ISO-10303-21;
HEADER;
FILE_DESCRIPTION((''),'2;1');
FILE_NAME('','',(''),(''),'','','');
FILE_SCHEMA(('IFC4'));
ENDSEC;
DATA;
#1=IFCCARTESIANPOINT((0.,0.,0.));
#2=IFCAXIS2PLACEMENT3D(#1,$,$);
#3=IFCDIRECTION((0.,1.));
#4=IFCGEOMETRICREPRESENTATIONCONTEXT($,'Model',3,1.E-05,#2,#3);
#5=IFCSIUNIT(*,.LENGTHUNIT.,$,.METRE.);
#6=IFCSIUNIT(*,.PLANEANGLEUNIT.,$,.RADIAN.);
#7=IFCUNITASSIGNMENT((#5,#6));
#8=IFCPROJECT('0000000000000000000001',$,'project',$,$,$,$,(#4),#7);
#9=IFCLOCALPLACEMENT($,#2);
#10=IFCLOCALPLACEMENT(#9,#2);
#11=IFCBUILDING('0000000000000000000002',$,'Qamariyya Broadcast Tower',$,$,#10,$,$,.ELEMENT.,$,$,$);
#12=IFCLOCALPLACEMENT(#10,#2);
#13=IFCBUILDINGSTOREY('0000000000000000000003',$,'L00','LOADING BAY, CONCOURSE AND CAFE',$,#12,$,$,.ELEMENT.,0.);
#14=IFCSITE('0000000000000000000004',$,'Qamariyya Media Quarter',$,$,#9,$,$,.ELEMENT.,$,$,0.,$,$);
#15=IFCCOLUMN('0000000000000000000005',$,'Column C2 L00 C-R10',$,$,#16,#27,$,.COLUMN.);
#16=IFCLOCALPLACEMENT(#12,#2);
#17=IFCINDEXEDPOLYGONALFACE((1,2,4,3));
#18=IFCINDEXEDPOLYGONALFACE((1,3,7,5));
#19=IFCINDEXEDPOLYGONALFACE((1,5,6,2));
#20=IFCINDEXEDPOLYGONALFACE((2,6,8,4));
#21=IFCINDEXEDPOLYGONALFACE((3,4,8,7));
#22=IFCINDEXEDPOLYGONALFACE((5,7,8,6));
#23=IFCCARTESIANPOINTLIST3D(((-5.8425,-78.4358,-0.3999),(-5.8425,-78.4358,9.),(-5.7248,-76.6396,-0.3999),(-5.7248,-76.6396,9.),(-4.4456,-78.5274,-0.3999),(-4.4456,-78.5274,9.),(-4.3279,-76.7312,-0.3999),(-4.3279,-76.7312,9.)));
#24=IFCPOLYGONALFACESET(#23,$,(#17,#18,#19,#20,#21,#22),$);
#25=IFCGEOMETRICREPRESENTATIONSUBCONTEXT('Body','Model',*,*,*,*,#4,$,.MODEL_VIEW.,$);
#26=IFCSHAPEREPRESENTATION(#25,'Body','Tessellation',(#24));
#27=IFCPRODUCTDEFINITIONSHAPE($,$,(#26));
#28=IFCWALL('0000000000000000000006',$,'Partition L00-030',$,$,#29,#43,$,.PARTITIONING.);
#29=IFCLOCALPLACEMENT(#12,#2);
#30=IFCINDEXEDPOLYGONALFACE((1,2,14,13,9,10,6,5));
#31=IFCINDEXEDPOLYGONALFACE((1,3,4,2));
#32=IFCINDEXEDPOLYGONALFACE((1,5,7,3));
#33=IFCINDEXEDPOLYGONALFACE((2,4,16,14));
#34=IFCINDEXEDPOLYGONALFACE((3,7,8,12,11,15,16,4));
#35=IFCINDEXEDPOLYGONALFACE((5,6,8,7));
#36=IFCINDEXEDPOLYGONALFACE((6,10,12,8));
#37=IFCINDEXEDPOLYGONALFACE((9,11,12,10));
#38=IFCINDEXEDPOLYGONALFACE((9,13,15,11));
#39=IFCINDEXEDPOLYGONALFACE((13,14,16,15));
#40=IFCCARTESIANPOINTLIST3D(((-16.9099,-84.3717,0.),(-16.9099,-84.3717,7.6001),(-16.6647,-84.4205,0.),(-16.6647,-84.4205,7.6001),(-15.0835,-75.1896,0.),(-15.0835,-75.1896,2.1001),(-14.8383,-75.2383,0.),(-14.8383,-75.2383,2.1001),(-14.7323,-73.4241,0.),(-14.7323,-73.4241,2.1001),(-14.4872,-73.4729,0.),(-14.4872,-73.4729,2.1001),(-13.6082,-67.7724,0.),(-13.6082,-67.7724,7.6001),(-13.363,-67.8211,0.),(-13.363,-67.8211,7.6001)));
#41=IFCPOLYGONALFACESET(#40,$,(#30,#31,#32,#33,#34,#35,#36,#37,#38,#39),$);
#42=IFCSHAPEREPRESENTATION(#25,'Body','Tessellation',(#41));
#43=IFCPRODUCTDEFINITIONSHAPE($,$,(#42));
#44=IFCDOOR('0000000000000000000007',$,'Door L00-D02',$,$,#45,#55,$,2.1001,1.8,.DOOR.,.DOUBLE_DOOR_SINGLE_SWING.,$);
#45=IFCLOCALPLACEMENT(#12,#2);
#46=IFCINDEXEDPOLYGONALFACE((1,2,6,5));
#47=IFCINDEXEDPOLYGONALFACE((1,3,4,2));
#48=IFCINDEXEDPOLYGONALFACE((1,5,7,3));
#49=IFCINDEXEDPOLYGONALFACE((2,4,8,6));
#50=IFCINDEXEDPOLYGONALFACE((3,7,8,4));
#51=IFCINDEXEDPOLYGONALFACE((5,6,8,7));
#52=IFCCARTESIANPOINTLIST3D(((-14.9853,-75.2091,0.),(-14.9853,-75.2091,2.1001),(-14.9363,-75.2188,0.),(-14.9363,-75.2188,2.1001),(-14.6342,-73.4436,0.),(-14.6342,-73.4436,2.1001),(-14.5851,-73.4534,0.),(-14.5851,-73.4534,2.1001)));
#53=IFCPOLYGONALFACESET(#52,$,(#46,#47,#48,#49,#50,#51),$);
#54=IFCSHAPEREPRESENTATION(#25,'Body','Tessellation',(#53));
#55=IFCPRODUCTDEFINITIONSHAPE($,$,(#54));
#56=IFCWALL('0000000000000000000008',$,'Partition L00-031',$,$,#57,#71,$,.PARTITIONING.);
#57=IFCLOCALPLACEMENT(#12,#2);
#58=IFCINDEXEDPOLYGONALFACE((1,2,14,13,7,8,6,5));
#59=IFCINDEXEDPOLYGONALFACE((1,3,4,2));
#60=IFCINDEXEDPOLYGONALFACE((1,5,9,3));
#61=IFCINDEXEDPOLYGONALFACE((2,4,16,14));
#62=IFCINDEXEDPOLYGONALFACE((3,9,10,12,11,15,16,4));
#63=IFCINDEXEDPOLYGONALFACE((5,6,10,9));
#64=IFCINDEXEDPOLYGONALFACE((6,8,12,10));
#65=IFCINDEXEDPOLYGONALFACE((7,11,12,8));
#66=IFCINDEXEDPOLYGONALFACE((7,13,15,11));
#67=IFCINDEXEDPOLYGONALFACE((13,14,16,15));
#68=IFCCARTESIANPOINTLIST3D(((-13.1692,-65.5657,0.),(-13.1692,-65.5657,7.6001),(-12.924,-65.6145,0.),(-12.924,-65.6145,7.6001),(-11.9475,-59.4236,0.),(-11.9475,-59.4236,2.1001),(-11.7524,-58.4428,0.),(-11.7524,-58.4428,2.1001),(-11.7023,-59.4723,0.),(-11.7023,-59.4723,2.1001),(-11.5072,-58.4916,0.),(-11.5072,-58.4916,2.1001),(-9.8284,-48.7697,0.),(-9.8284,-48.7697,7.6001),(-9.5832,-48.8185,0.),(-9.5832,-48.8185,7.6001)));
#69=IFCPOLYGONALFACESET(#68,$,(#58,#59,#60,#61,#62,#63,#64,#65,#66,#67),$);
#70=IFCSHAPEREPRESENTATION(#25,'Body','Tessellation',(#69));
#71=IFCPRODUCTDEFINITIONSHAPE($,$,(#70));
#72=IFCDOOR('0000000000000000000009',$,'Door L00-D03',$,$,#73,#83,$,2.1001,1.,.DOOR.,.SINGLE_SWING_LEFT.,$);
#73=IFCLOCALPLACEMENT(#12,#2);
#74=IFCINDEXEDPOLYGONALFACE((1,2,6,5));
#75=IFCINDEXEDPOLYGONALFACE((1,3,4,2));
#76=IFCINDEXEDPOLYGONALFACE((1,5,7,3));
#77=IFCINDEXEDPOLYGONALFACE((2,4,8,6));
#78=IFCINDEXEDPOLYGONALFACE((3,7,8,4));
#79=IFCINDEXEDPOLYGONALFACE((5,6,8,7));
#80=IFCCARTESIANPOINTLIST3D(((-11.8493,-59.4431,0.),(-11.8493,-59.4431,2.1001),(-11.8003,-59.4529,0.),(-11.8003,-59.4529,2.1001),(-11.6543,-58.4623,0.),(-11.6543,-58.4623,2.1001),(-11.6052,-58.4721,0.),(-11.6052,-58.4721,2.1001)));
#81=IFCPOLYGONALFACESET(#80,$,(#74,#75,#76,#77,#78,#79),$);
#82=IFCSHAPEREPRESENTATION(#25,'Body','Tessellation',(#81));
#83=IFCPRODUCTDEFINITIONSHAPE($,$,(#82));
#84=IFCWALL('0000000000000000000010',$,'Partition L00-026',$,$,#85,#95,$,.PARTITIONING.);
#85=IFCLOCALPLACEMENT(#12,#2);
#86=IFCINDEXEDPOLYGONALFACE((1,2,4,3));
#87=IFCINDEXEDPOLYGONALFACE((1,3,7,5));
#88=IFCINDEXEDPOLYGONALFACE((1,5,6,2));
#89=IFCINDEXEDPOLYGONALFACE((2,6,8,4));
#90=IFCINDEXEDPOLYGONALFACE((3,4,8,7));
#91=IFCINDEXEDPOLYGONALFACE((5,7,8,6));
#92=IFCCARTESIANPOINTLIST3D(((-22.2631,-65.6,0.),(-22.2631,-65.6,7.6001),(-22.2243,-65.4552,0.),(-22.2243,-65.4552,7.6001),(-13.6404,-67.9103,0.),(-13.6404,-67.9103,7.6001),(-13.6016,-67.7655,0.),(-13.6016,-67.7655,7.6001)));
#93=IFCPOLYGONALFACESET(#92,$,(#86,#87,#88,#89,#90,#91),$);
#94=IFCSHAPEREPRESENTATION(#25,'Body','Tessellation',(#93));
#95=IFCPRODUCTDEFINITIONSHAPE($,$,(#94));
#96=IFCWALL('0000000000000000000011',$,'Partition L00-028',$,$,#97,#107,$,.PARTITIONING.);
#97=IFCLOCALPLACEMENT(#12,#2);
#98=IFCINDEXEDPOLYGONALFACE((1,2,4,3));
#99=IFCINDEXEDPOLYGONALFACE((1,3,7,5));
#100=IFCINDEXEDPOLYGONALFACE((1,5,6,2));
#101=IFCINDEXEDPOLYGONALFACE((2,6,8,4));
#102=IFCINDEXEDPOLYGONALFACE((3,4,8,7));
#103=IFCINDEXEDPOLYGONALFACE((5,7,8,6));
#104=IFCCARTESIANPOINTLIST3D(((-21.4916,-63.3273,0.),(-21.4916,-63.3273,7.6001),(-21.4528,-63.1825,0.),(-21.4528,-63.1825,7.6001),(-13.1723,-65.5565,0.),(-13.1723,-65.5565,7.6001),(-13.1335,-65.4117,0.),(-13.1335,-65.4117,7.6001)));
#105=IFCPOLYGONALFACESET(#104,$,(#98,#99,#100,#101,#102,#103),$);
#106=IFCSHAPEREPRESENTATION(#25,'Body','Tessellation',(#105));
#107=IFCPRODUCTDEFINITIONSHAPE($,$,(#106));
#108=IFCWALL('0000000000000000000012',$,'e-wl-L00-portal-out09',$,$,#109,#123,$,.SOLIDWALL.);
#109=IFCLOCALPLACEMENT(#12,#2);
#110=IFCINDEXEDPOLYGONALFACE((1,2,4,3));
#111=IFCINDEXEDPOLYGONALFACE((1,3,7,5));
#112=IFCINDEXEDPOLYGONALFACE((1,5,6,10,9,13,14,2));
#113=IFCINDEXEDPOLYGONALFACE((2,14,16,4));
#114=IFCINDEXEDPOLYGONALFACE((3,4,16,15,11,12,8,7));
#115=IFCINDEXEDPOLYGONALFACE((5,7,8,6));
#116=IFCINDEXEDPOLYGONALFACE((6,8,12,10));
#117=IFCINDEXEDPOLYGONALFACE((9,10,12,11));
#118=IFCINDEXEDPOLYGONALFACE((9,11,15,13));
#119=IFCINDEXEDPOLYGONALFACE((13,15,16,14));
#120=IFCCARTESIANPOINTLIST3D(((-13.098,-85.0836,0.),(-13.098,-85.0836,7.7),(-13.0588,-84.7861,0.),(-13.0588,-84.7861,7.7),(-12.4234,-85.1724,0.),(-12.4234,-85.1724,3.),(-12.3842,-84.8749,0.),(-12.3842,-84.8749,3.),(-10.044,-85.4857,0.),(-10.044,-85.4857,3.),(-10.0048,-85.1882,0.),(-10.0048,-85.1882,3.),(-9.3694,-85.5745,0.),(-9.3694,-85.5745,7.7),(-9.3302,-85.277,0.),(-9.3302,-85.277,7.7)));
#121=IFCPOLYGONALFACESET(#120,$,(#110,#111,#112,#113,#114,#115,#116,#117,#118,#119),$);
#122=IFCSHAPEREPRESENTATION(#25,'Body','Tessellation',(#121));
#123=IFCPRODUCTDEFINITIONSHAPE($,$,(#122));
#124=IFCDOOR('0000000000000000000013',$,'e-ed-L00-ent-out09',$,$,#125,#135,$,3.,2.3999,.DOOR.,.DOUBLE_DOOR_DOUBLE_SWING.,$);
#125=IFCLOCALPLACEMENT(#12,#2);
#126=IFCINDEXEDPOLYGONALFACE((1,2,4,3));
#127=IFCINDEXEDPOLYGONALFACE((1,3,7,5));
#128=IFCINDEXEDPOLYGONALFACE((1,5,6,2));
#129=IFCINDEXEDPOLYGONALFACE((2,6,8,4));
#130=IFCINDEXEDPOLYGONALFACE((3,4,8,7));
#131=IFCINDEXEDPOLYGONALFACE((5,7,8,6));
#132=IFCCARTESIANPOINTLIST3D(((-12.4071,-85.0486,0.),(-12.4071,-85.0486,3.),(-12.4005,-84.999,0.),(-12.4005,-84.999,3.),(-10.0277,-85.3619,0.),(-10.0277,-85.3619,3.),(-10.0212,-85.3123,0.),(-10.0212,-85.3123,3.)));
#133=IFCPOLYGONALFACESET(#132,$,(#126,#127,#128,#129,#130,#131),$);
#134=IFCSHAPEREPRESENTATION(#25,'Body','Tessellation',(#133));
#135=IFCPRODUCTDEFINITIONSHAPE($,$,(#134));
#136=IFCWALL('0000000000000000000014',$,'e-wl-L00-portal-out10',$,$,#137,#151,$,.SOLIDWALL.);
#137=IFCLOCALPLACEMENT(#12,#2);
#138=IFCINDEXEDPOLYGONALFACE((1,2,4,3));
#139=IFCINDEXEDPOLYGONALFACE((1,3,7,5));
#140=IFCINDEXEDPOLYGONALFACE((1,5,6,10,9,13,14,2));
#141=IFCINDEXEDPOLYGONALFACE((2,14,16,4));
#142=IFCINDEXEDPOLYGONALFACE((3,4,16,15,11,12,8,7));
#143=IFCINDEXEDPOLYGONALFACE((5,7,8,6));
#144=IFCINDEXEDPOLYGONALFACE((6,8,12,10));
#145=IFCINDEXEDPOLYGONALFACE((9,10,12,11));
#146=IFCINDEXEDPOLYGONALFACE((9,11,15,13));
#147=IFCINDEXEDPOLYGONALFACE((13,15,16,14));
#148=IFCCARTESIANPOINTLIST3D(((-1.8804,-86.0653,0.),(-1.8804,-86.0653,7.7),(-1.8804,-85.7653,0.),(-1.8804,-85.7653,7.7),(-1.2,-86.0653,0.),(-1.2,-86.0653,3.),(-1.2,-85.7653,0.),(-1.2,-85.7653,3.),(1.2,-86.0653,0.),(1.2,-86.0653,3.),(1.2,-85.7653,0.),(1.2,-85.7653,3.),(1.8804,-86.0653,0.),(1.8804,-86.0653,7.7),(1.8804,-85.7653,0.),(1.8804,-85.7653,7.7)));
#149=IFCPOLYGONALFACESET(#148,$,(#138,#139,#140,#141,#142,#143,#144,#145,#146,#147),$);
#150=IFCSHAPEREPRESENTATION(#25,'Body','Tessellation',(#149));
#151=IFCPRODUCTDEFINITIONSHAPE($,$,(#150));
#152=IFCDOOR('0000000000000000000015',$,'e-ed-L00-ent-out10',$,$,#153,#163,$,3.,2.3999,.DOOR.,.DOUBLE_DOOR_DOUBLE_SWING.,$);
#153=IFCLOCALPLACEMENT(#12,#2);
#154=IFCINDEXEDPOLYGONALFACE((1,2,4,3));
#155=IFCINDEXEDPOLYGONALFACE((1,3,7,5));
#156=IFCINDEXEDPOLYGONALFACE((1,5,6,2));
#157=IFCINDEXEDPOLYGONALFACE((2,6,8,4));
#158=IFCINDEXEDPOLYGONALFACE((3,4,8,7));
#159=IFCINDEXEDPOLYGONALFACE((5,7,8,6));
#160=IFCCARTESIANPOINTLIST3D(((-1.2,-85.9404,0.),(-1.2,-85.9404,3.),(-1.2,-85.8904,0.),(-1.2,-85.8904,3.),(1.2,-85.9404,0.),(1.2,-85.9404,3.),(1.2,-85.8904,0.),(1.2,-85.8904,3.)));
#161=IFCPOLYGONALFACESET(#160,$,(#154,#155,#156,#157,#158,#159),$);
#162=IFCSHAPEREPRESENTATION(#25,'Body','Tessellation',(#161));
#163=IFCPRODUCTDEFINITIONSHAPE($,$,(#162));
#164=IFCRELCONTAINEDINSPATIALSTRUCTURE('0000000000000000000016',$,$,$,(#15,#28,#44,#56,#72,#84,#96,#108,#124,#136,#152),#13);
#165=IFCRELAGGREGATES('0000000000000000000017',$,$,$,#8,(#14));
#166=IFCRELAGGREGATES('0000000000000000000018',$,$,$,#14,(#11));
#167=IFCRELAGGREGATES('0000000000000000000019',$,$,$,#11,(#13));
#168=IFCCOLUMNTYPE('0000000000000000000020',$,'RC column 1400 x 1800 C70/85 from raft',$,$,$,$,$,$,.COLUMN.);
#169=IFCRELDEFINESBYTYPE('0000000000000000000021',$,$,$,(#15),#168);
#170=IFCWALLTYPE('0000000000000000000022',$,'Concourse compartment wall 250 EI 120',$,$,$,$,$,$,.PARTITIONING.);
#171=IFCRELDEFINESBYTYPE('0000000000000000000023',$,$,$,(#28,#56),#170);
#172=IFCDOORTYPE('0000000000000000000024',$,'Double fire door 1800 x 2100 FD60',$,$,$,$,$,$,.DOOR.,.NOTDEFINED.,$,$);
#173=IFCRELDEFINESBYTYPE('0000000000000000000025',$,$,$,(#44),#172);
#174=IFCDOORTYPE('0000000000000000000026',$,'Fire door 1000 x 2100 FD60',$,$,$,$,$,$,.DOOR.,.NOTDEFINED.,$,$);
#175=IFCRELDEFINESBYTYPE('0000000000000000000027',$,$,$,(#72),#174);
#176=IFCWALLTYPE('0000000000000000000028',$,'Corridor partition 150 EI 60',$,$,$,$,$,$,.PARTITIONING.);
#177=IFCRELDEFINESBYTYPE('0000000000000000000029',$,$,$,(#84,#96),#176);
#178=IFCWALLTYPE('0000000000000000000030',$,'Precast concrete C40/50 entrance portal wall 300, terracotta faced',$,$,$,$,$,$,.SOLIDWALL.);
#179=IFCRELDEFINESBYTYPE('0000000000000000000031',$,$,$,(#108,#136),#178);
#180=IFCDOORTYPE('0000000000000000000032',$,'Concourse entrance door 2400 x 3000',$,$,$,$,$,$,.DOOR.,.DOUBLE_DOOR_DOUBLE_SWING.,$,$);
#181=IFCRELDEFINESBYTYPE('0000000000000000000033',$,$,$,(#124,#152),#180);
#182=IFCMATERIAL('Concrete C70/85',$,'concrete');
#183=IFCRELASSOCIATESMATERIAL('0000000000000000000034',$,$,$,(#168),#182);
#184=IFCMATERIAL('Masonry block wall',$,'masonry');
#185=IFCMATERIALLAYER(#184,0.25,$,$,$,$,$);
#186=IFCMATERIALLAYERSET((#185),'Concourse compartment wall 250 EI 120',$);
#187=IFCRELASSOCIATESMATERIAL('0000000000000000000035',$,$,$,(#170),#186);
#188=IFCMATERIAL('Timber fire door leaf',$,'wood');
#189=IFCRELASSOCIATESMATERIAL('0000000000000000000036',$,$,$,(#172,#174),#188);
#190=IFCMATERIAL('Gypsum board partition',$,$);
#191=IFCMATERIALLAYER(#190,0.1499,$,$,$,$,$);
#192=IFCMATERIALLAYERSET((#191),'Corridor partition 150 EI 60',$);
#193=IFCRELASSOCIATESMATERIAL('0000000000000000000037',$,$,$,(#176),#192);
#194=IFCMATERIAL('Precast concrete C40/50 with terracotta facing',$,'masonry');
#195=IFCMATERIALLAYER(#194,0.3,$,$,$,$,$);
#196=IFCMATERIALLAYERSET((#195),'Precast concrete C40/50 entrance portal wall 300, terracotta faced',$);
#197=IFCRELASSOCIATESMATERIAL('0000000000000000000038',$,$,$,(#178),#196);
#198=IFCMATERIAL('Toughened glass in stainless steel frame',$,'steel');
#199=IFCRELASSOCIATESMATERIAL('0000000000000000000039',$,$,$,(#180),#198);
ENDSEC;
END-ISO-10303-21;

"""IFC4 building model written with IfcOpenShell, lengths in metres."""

from ifc_helpers import new_model, si_unit, direction, frame, frame_2d, origin, origin_2d, place, context, subcontext, project, spatial, rectangle, extrude, material, layer, layer_set, material_profile, profile_set, type_object, element, fill, save


model = new_model("IFC4")

# Units and contexts
model_context = context("Model", 3, precision=1e-05, world=origin(), true_north=direction((0.0, 1.0)))
body_context = subcontext(model_context, "Body", "Model", "MODEL_VIEW")
ifc_project = project(units=[si_unit("LENGTHUNIT", "METRE"), si_unit("PLANEANGLEUNIT", "RADIAN")], contexts=[model_context])

# Site, building, storey
site_placement = place(None, origin())
site = spatial("IfcSite", under=ifc_project, at=site_placement, Name="Qamariyya Media Quarter", CompositionType="ELEMENT", RefElevation=0.0)
building_placement = place(site_placement, origin())
building = spatial("IfcBuilding", under=site, at=building_placement, Name="Qamariyya Broadcast Tower", CompositionType="ELEMENT")
storey_placement = place(building_placement, origin())
storey = spatial("IfcBuildingStorey", under=building, at=storey_placement, Name="L00", Description="LOADING BAY, CONCOURSE AND CAFE", CompositionType="ELEMENT", Elevation=0.0)

# Column
ifc_material_1 = material(Name="Concrete C70/85", Category="concrete")
ifc_material_profile_1 = material_profile(ifc_material_1, rectangle(XDim=1.3999, YDim=1.8, at=origin_2d()))
ifc_profile_set_1 = profile_set([ifc_material_profile_1], Name="Concrete C70/85")
column_type_1 = type_object("IfcColumnType", Name="RC column 1400 x 1800 C70/85 from raft", PredefinedType="COLUMN", material=ifc_profile_set_1)
for number, where, z_axis, x_axis, name in (
    (1, (-5.0852, -77.5835, -0.3999), (0.0, 0.0, 1.0), (0.997859, -0.065403, 0.0), "Column C2 L00 C-R10"),
):
    element("IfcColumn", number, at=place(storey_placement, frame(where, z_axis=z_axis, x_axis=x_axis)), inside=storey, type_object=column_type_1, Name=name, PredefinedType="COLUMN", context=body_context, shape_type="SweptSolid", body=[
        extrude(rectangle(XDim=1.3999, YDim=1.8, at=origin_2d()), origin(), (0.0, 0.0, 1.0), 9.3999),
    ])

# Walls, openings, doors
ifc_material_2 = material(Name="Masonry block wall", Category="masonry")
ifc_layer_1 = layer(ifc_material_2, 0.25)
ifc_layer_set_1 = layer_set([ifc_layer_1], Name="Concourse compartment wall 250 EI 120")
wall_type_1 = type_object("IfcWallType", Name="Concourse compartment wall 250 EI 120", PredefinedType="PARTITIONING", material=ifc_layer_set_1)
wall_1_placement = place(storey_placement, frame((-16.7874, -84.3962, 0.0), z_axis=(0.0, 0.0, 1.0), x_axis=(0.195087, 0.980786, 0.0)))
wall_1 = element("IfcWall", 2, at=wall_1_placement, inside=storey, type_object=wall_type_1, Name="Partition L00-030", PredefinedType="PARTITIONING", context=body_context, shape_type="SweptSolid", body=[
    extrude(rectangle(XDim=16.9246, YDim=0.25, at=frame_2d((8.4624, 0.0))), origin(), (0.0, 0.0, 1.0), 7.6001),
])
opening_1_placement = place(wall_1_placement, frame((9.3623, 0.0, 0.0)))
opening_1 = element("IfcOpeningElement", 3, at=opening_1_placement, cuts=wall_1, PredefinedType="OPENING", context=body_context, shape_type="SweptSolid", body=[
    extrude(rectangle(XDim=1.8, YDim=2.1001, at=frame_2d((0.8999, 1.05))), frame((0.0, 0.135, 0.0), z_axis=(0.0, -1.0, 0.0), x_axis=(1.0, 0.0, 0.0)), (0.0, 0.0, 1.0), 0.27),
])
ifc_material_3 = material(Name="Timber fire door leaf", Category="wood")
door_type_1 = type_object("IfcDoorType", Name="Double fire door 1800 x 2100 FD60", OperationType="NOTDEFINED", PredefinedType="DOOR", material=ifc_material_3)
door_1_placement = place(opening_1_placement, origin())
door_1 = element("IfcDoor", 4, at=door_1_placement, inside=storey, type_object=door_type_1, Name="Door L00-D02", OperationType="DOUBLE_DOOR_SINGLE_SWING", OverallHeight=2.1001, OverallWidth=1.8, PredefinedType="DOOR", context=body_context, shape_type="SweptSolid", body=[
    extrude(rectangle(XDim=1.8, YDim=2.1001, at=frame_2d((0.8999, 1.05))), frame((0.0, 0.0249, 0.0), z_axis=(0.0, -1.0, 0.0), x_axis=(1.0, 0.0, 0.0)), (0.0, 0.0, 1.0), 0.05),
])
fill(opening_1, door_1)
wall_2_placement = place(storey_placement, frame((-13.0466, -65.5901, 0.0), z_axis=(0.0, 0.0, 1.0), x_axis=(0.195085, 0.980786, 0.0)))
wall_2 = element("IfcWall", 5, at=wall_2_placement, inside=storey, type_object=wall_type_1, Name="Partition L00-031", PredefinedType="PARTITIONING", context=body_context, shape_type="SweptSolid", body=[
    extrude(rectangle(XDim=17.125, YDim=0.25, at=frame_2d((8.5625, 0.0))), origin(), (0.0, 0.0, 1.0), 7.6001),
])
opening_2_placement = place(wall_2_placement, frame((6.2625, 0.0, 0.0)))
opening_2 = element("IfcOpeningElement", 6, at=opening_2_placement, cuts=wall_2, PredefinedType="OPENING", context=body_context, shape_type="SweptSolid", body=[
    extrude(rectangle(XDim=1.0, YDim=2.1001, at=frame_2d((0.5, 1.05))), frame((0.0, 0.135, 0.0), z_axis=(0.0, -1.0, 0.0), x_axis=(1.0, 0.0, 0.0)), (0.0, 0.0, 1.0), 0.27),
])
door_type_2 = type_object("IfcDoorType", Name="Fire door 1000 x 2100 FD60", OperationType="NOTDEFINED", PredefinedType="DOOR", material=ifc_material_3)
door_2_placement = place(opening_2_placement, origin())
door_2 = element("IfcDoor", 7, at=door_2_placement, inside=storey, type_object=door_type_2, Name="Door L00-D03", OperationType="SINGLE_SWING_LEFT", OverallHeight=2.1001, OverallWidth=1.0, PredefinedType="DOOR", context=body_context, shape_type="SweptSolid", body=[
    extrude(rectangle(XDim=1.0, YDim=2.1001, at=frame_2d((0.5, 1.05))), frame((0.0, 0.0249, 0.0), z_axis=(0.0, -1.0, 0.0), x_axis=(1.0, 0.0, 0.0)), (0.0, 0.0, 1.0), 0.05),
])
fill(opening_2, door_2)

# Walls
ifc_material_4 = material(Name="Gypsum board partition")
ifc_layer_2 = layer(ifc_material_4, 0.1499)
ifc_layer_set_2 = layer_set([ifc_layer_2], Name="Corridor partition 150 EI 60")
wall_type_2 = type_object("IfcWallType", Name="Corridor partition 150 EI 60", PredefinedType="PARTITIONING", material=ifc_layer_set_2)
wall_3_placement = place(storey_placement, frame((-22.2437, -65.5276, 0.0), z_axis=(0.0, 0.0, 1.0), x_axis=(0.965929, -0.258808, 0.0)))
element("IfcWall", 8, at=wall_3_placement, inside=storey, type_object=wall_type_2, Name="Partition L00-026", PredefinedType="PARTITIONING", context=body_context, shape_type="SweptSolid", body=[
    extrude(rectangle(XDim=8.9268, YDim=0.1499, at=frame_2d((4.4634, 0.0))), origin(), (0.0, 0.0, 1.0), 7.6001),
])
wall_4_placement = place(storey_placement, frame((-21.4722, -63.2549, 0.0), z_axis=(0.0, 0.0, 1.0), x_axis=(0.965923, -0.258829, 0.0)))
element("IfcWall", 9, at=wall_4_placement, inside=storey, type_object=wall_type_2, Name="Partition L00-028", PredefinedType="PARTITIONING", context=body_context, shape_type="SweptSolid", body=[
    extrude(rectangle(XDim=8.6128, YDim=0.1499, at=frame_2d((4.3064, 0.0))), origin(), (0.0, 0.0, 1.0), 7.6001),
])

# Walls, openings, doors
ifc_material_5 = material(Name="Precast concrete C40/50 with terracotta facing", Category="masonry")
ifc_layer_3 = layer(ifc_material_5, 0.3)
ifc_layer_set_3 = layer_set([ifc_layer_3], Name="Precast concrete C40/50 entrance portal wall 300, terracotta faced")
wall_type_3 = type_object("IfcWallType", Name="Precast concrete C40/50 entrance portal wall 300, terracotta faced", PredefinedType="SOLIDWALL", material=ifc_layer_set_3)
wall_5_placement = place(storey_placement, frame((-13.0784, -84.9348, 0.0), z_axis=(0.0, 0.0, 1.0), x_axis=(0.991441, -0.130552, 0.0)))
wall_5 = element("IfcWall", 10, at=wall_5_placement, inside=storey, type_object=wall_type_3, Name="e-wl-L00-portal-out09", PredefinedType="SOLIDWALL", context=body_context, shape_type="SweptSolid", body=[
    extrude(rectangle(XDim=3.7607, YDim=0.3, at=frame_2d((1.8804, 0.0))), origin(), (0.0, 0.0, 1.0), 7.7),
])
opening_3_placement = place(wall_5_placement, frame((0.6804, 0.0, 0.0)))
opening_3 = element("IfcOpeningElement", 11, at=opening_3_placement, cuts=wall_5, PredefinedType="OPENING", context=body_context, shape_type="SweptSolid", body=[
    extrude(rectangle(XDim=2.3999, YDim=3.0, at=frame_2d((1.2, 1.5))), frame((0.0, 0.1599, 0.0), z_axis=(0.0, -1.0, 0.0), x_axis=(1.0, 0.0, 0.0)), (0.0, 0.0, 1.0), 0.3201),
])
ifc_material_6 = material(Name="Toughened glass in stainless steel frame", Category="steel")
door_type_3 = type_object("IfcDoorType", Name="Concourse entrance door 2400 x 3000", OperationType="DOUBLE_DOOR_DOUBLE_SWING", PredefinedType="DOOR", material=ifc_material_6)
door_3_placement = place(opening_3_placement, origin())
door_3 = element("IfcDoor", 12, at=door_3_placement, inside=storey, type_object=door_type_3, Name="e-ed-L00-ent-out09", OperationType="DOUBLE_DOOR_DOUBLE_SWING", OverallHeight=3.0, OverallWidth=2.3999, PredefinedType="DOOR", context=body_context, shape_type="SweptSolid", body=[
    extrude(rectangle(XDim=2.3999, YDim=3.0, at=frame_2d((1.2, 1.5))), frame((0.0, 0.0249, 0.0), z_axis=(0.0, -1.0, 0.0), x_axis=(1.0, 0.0, 0.0)), (0.0, 0.0, 1.0), 0.05),
])
fill(opening_3, door_3)
wall_6_placement = place(storey_placement, frame((-1.8804, -85.9153, 0.0), z_axis=(0.0, 0.0, 1.0), x_axis=(1.0, 0.0, 0.0)))
wall_6 = element("IfcWall", 13, at=wall_6_placement, inside=storey, type_object=wall_type_3, Name="e-wl-L00-portal-out10", PredefinedType="SOLIDWALL", context=body_context, shape_type="SweptSolid", body=[
    extrude(rectangle(XDim=3.7607, YDim=0.3, at=frame_2d((1.8804, 0.0))), origin(), (0.0, 0.0, 1.0), 7.7),
])
opening_4_placement = place(wall_6_placement, frame((0.6804, 0.0, 0.0)))
opening_4 = element("IfcOpeningElement", 14, at=opening_4_placement, cuts=wall_6, PredefinedType="OPENING", context=body_context, shape_type="SweptSolid", body=[
    extrude(rectangle(XDim=2.3999, YDim=3.0, at=frame_2d((1.2, 1.5))), frame((0.0, 0.1599, 0.0), z_axis=(0.0, -1.0, 0.0), x_axis=(1.0, 0.0, 0.0)), (0.0, 0.0, 1.0), 0.3201),
])
door_4_placement = place(opening_4_placement, origin())
door_4 = element("IfcDoor", 15, at=door_4_placement, inside=storey, type_object=door_type_3, Name="e-ed-L00-ent-out10", OperationType="DOUBLE_DOOR_DOUBLE_SWING", OverallHeight=3.0, OverallWidth=2.3999, PredefinedType="DOOR", context=body_context, shape_type="SweptSolid", body=[
    extrude(rectangle(XDim=2.3999, YDim=3.0, at=frame_2d((1.2, 1.5))), frame((0.0, 0.0249, 0.0), z_axis=(0.0, -1.0, 0.0), x_axis=(1.0, 0.0, 0.0)), (0.0, 0.0, 1.0), 0.05),
])
fill(opening_4, door_4)

save(model, "model.ifc")
